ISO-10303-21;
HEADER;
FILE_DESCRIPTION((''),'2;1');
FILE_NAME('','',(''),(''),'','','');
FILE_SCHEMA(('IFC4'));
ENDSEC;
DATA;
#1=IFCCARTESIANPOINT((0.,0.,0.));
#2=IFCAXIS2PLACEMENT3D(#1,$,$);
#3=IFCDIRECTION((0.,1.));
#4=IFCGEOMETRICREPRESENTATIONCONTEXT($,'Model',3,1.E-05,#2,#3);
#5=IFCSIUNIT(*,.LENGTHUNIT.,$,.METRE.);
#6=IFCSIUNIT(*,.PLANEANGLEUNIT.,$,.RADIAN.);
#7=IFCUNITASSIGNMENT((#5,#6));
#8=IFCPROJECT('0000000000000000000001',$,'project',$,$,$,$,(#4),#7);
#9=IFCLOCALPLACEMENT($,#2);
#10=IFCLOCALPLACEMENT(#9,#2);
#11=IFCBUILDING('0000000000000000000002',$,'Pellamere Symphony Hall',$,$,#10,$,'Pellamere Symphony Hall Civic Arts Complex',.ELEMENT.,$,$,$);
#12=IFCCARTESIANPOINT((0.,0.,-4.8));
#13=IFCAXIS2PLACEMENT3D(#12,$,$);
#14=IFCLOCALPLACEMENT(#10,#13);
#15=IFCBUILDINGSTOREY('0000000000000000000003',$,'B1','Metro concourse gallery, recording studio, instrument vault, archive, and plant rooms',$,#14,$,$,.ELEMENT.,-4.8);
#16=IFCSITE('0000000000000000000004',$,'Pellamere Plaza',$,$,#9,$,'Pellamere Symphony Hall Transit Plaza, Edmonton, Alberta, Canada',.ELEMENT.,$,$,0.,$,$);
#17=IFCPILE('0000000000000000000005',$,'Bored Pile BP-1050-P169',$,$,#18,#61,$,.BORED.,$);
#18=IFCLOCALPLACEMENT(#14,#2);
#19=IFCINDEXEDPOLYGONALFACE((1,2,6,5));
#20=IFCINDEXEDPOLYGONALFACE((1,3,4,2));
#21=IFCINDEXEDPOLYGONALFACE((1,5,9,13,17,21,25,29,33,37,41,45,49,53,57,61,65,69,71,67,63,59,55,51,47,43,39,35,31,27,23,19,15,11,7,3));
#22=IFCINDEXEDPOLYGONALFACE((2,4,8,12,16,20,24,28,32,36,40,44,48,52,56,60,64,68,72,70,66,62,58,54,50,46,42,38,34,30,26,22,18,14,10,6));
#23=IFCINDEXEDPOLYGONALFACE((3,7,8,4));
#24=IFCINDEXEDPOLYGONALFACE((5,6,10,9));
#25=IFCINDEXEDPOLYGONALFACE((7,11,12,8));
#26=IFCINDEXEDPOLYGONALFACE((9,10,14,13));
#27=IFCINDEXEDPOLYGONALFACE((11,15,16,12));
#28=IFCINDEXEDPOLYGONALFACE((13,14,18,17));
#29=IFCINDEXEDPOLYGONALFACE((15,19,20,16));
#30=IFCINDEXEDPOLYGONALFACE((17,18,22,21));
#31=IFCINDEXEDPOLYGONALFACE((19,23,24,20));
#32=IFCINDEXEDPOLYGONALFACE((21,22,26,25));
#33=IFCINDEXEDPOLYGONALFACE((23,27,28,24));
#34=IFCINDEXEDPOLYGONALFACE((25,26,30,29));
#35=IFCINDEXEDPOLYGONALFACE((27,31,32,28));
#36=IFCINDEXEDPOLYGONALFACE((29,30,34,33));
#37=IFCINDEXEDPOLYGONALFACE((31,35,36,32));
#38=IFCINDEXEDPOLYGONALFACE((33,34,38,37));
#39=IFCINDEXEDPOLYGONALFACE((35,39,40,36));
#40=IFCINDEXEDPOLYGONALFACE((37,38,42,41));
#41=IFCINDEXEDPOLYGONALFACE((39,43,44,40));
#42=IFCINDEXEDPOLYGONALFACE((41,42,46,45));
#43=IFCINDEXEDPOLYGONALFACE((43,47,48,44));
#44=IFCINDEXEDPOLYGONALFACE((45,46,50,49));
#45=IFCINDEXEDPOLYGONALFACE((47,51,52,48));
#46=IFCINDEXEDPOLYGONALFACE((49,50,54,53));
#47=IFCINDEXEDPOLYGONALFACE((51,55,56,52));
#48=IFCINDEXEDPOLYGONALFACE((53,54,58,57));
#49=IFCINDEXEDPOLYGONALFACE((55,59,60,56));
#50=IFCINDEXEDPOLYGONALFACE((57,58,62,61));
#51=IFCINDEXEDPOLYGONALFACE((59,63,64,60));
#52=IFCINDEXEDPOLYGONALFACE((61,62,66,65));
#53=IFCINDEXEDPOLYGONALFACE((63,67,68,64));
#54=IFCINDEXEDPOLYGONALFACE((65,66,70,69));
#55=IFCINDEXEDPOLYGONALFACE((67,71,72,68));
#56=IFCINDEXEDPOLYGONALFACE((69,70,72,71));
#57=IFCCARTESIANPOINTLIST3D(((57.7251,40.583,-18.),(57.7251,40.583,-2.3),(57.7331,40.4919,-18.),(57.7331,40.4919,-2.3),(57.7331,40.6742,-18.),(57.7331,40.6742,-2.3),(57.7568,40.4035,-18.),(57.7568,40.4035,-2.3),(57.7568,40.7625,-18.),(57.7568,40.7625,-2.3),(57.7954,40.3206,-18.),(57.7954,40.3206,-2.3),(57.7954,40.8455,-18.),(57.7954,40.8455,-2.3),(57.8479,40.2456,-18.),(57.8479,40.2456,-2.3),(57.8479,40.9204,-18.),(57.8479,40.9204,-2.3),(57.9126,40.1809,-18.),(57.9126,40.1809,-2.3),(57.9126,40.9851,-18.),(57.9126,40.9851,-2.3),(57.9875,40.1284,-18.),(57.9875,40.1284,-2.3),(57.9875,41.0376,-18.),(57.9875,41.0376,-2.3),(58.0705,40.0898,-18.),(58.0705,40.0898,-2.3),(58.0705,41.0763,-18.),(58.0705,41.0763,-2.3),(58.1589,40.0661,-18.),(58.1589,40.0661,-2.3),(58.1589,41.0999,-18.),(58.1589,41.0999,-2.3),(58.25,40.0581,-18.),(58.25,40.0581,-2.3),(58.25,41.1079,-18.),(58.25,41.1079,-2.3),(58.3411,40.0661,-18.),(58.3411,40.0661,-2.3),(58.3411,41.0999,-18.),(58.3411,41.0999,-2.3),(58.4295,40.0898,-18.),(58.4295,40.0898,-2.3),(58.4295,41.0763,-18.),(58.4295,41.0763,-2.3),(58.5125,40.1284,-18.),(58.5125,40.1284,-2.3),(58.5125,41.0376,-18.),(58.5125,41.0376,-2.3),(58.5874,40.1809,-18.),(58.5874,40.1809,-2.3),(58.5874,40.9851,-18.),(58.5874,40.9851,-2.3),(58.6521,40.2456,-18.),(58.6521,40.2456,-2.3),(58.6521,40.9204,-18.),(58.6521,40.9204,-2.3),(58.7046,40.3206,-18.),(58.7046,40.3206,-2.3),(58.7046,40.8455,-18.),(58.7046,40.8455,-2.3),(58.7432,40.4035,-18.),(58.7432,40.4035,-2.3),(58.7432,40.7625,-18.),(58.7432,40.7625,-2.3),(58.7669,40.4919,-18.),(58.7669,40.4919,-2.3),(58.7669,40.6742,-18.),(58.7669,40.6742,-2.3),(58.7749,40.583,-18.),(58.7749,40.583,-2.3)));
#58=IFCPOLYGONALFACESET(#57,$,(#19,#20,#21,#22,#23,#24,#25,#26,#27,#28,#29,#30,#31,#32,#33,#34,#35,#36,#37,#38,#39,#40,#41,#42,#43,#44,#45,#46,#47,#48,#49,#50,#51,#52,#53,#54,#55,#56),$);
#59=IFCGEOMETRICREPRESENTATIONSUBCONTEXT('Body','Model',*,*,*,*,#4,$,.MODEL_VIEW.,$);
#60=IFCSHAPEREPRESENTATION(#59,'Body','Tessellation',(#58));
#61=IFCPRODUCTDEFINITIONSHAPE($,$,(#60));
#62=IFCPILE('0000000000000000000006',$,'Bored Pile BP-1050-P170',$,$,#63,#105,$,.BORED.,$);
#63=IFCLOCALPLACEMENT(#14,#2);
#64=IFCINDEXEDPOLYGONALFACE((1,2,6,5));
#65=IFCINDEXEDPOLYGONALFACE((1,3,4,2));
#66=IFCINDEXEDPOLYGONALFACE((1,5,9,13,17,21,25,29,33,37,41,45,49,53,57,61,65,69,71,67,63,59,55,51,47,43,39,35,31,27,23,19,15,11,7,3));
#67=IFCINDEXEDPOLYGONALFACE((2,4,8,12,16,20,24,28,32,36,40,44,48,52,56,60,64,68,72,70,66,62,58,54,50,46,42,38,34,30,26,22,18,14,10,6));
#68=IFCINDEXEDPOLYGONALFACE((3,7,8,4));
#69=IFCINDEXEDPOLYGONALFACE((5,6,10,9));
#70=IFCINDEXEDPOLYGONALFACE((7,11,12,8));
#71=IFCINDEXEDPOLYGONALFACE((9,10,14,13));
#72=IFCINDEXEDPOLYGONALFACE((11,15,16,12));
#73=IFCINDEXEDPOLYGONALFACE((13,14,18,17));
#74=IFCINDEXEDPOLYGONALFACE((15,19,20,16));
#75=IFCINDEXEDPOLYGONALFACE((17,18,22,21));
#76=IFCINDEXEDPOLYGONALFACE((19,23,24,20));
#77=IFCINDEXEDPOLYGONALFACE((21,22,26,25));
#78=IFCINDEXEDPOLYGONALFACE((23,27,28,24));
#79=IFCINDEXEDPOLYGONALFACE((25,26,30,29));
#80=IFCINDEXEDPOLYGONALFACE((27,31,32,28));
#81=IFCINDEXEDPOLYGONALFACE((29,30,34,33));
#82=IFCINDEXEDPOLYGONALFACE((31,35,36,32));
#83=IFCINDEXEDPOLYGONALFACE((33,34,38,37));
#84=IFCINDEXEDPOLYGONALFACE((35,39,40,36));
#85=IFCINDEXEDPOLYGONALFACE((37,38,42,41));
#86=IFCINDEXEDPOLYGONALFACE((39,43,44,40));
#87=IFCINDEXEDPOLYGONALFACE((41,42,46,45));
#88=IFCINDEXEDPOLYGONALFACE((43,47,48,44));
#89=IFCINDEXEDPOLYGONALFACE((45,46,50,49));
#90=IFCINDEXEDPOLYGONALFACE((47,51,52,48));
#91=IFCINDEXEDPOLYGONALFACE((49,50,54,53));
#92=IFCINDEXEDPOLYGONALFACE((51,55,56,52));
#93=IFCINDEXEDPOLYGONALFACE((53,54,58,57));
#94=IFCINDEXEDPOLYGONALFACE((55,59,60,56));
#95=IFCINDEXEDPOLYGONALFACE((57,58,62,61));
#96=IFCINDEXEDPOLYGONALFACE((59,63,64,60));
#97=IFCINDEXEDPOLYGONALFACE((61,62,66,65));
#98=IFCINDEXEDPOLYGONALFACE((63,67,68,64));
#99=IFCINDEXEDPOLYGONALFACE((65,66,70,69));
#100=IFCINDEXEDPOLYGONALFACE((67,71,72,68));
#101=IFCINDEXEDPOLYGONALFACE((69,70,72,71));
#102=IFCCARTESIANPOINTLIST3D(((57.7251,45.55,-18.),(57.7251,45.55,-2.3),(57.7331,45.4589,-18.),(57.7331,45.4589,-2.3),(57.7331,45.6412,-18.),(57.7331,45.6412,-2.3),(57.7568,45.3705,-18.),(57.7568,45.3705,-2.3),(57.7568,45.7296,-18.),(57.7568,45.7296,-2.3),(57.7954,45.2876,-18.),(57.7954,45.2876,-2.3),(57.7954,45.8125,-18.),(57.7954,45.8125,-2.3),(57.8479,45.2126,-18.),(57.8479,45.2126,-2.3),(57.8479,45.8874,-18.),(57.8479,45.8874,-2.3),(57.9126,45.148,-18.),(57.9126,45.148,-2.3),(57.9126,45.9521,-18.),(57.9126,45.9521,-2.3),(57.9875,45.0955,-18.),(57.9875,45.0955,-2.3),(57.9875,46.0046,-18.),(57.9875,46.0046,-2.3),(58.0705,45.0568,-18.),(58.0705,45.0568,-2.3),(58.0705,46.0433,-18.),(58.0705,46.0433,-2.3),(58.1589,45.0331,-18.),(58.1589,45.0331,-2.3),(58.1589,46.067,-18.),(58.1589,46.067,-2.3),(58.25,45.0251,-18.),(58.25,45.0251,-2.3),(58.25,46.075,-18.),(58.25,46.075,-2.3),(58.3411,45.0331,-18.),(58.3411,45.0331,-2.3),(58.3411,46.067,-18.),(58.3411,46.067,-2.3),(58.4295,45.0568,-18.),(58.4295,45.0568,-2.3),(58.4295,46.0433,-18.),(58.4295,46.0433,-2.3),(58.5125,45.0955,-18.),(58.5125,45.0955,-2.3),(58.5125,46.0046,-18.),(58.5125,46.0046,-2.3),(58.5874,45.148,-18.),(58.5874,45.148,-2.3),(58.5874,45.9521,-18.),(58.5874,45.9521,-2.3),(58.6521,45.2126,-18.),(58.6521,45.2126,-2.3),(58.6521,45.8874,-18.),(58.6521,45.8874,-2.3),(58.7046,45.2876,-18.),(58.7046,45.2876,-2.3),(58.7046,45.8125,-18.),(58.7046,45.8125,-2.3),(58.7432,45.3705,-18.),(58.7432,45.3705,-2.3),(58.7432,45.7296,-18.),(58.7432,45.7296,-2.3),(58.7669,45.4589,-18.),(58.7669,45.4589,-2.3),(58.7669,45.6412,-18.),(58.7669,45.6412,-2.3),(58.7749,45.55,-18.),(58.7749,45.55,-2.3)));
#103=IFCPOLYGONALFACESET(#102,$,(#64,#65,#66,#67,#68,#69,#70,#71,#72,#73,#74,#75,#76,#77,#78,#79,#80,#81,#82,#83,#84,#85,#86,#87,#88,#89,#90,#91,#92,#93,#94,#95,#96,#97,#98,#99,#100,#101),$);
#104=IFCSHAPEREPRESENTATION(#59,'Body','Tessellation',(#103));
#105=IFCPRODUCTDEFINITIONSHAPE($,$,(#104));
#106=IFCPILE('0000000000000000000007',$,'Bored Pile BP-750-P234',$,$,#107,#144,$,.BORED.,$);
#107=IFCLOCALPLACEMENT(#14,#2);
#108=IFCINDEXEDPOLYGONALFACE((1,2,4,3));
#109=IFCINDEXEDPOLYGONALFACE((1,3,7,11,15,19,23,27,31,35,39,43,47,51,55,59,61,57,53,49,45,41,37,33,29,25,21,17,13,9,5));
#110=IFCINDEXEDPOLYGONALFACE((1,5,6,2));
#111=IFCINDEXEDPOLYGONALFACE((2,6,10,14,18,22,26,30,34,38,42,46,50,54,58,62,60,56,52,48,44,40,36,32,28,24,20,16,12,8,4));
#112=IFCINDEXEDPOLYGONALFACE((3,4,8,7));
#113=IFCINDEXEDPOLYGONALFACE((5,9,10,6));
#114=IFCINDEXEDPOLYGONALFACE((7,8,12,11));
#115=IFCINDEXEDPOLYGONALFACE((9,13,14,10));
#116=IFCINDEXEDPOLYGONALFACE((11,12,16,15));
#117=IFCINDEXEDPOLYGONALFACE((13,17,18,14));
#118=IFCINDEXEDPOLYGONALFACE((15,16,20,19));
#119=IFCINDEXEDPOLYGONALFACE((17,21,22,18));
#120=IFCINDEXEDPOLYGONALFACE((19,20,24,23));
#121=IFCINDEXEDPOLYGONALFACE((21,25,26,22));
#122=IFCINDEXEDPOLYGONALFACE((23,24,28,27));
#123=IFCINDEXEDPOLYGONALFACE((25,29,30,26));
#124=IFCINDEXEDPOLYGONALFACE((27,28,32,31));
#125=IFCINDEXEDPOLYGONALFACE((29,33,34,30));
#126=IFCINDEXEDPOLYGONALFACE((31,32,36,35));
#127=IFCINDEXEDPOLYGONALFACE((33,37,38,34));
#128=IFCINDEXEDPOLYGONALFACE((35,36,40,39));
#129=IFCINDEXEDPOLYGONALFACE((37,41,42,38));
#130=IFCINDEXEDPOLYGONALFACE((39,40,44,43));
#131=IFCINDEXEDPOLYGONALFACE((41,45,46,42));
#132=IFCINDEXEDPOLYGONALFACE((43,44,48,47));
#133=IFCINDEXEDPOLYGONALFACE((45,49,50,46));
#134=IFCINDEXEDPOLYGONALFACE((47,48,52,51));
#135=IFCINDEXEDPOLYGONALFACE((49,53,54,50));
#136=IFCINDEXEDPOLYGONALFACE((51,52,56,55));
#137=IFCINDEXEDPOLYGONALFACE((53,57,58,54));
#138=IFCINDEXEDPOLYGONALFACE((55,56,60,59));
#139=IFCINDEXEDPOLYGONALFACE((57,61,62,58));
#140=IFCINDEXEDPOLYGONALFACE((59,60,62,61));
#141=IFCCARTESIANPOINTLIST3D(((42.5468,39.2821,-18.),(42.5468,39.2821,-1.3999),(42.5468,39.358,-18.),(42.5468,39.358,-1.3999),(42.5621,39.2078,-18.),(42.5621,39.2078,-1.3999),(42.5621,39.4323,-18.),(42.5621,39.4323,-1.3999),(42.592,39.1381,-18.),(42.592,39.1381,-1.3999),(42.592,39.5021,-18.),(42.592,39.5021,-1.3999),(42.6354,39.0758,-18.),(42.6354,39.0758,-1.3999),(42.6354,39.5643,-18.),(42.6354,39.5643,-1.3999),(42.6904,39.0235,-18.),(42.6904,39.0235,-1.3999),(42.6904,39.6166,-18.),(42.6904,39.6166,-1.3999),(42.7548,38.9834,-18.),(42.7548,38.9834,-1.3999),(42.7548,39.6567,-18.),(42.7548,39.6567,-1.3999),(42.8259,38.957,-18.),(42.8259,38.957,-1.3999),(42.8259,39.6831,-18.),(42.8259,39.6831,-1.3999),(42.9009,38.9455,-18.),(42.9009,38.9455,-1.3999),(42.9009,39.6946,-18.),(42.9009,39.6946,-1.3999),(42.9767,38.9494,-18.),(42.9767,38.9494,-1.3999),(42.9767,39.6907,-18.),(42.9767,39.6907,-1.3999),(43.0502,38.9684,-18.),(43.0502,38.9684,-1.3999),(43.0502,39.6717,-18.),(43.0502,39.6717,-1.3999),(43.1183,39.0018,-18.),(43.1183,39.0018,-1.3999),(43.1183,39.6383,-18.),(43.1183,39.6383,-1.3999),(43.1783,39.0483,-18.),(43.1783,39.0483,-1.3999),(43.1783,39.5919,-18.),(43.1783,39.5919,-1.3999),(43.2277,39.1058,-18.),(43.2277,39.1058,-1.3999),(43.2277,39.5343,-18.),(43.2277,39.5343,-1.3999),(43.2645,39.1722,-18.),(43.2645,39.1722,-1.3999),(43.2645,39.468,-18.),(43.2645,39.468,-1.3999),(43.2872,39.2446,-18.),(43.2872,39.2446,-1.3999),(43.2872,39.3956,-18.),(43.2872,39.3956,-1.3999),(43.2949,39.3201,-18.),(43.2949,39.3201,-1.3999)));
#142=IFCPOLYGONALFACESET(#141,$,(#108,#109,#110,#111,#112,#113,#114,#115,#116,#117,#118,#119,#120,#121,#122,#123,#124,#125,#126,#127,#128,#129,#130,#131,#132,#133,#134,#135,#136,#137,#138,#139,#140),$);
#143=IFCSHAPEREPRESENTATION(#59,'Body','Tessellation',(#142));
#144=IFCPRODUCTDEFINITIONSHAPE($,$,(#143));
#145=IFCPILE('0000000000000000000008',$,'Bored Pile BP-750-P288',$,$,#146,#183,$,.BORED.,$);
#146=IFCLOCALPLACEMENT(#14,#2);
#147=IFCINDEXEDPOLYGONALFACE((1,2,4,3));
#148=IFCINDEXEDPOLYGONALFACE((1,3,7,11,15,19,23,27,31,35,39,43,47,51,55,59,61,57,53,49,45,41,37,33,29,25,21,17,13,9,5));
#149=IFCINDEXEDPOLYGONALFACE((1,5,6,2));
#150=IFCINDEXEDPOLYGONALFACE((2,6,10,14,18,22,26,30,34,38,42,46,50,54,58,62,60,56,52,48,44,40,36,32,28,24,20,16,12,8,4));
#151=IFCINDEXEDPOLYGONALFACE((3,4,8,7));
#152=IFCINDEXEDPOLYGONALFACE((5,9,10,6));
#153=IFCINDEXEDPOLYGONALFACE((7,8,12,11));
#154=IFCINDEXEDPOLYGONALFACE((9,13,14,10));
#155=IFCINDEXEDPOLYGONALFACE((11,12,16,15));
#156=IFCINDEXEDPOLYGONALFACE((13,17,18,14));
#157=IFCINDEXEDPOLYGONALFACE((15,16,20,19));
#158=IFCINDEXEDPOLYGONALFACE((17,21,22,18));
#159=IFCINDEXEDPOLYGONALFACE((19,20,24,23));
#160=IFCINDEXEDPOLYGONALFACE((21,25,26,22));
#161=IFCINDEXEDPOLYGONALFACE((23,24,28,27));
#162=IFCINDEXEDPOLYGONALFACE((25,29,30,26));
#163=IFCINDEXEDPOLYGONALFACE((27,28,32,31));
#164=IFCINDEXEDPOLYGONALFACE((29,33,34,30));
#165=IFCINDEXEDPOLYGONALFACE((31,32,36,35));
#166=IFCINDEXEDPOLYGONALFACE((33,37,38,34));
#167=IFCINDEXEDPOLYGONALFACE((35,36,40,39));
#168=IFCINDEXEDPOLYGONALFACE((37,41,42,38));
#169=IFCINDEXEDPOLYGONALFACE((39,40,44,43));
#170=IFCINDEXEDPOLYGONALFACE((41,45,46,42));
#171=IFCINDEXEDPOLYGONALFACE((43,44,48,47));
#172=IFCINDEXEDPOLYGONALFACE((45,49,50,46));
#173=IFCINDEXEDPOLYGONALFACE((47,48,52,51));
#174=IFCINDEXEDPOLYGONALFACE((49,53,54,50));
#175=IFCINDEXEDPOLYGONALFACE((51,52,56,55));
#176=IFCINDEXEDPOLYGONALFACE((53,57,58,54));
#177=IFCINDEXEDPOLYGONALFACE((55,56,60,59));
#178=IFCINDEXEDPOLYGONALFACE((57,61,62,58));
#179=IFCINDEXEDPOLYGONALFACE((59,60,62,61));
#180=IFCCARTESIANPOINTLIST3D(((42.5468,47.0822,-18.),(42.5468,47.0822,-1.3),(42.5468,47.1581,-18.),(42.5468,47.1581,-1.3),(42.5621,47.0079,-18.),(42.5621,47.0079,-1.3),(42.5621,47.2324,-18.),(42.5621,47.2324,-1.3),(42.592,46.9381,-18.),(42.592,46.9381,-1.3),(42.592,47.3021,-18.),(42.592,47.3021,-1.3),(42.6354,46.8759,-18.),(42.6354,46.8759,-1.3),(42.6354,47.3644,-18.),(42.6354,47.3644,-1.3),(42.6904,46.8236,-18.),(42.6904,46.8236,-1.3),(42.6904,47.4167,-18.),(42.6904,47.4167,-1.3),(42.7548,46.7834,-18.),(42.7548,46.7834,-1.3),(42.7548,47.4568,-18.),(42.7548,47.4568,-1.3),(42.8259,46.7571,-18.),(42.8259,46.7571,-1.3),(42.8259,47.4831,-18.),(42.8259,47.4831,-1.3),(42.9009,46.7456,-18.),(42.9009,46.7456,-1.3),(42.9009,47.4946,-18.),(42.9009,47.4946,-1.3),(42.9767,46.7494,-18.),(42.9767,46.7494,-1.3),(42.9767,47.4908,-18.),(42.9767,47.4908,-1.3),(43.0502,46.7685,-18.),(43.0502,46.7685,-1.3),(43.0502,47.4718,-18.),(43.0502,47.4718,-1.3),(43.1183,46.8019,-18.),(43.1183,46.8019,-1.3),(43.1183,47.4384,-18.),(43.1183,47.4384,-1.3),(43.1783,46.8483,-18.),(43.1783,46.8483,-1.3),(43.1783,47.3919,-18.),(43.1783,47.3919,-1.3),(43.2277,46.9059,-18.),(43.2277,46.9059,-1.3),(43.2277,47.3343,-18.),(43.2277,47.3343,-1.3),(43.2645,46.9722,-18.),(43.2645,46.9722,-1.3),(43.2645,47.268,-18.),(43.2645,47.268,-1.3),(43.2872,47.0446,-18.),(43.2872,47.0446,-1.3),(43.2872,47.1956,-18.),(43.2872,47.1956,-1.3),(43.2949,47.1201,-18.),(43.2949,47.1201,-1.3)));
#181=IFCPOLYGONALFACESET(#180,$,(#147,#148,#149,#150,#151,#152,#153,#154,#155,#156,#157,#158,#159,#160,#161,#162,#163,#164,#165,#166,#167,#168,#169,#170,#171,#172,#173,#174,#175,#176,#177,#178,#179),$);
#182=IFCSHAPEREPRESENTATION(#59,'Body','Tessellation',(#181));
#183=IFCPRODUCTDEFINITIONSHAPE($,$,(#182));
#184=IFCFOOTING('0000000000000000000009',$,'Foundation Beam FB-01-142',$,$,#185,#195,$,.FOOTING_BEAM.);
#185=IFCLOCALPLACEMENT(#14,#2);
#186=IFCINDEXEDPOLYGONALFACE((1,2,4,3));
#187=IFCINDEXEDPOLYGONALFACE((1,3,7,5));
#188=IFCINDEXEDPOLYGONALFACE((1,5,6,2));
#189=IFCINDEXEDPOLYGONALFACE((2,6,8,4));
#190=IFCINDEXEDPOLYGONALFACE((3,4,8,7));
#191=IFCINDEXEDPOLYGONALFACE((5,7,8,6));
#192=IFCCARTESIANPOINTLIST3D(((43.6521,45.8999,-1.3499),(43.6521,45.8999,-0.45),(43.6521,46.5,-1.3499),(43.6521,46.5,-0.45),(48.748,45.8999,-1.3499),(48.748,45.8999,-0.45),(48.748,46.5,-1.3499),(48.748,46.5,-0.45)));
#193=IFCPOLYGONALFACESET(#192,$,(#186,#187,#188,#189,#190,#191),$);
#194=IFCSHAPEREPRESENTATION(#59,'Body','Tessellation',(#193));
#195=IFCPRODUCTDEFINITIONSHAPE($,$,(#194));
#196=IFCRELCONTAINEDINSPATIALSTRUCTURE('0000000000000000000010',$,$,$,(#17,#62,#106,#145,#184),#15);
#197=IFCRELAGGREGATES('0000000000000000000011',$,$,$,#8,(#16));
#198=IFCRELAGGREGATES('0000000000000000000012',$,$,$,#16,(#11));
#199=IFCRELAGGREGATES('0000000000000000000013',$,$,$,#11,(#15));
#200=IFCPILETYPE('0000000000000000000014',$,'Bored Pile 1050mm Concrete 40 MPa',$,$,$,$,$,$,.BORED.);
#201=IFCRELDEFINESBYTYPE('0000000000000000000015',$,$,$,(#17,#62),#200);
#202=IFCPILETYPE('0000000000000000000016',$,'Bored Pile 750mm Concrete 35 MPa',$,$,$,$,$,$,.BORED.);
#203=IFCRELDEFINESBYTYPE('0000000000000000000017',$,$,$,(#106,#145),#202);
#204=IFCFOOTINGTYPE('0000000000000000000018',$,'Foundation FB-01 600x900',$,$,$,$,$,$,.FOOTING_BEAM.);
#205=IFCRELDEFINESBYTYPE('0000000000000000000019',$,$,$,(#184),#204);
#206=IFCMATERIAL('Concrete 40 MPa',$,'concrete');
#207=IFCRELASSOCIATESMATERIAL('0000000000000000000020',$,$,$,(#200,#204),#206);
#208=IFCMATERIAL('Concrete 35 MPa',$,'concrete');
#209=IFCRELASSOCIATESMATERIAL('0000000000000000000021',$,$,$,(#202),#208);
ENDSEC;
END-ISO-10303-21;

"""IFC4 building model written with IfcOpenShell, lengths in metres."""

from ifc_helpers import new_model, si_unit, direction, frame, origin, origin_2d, place, context, subcontext, project, spatial, rectangle, circle, extrude, material, material_profile, profile_set, type_object, element, save


model = new_model("IFC4")

# Units and contexts
model_context = context("Model", 3, precision=1e-05, world=origin(), true_north=direction((0.0, 1.0)))
body_context = subcontext(model_context, "Body", "Model", "MODEL_VIEW")
ifc_project = project(units=[si_unit("LENGTHUNIT", "METRE"), si_unit("PLANEANGLEUNIT", "RADIAN")], contexts=[model_context])

# Site, building, storey
site_placement = place(None, origin())
site = spatial("IfcSite", under=ifc_project, at=site_placement, Name="Pellamere Plaza", LongName="Pellamere Symphony Hall Transit Plaza, Edmonton, Alberta, Canada", CompositionType="ELEMENT", RefElevation=0.0)
building_placement = place(site_placement, origin())
building = spatial("IfcBuilding", under=site, at=building_placement, Name="Pellamere Symphony Hall", LongName="Pellamere Symphony Hall Civic Arts Complex", CompositionType="ELEMENT")
storey_placement = place(building_placement, frame((0.0, 0.0, -4.8)))
storey = spatial("IfcBuildingStorey", under=building, at=storey_placement, Name="B1", Description="Metro concourse gallery, recording studio, instrument vault, archive, and plant rooms", CompositionType="ELEMENT", Elevation=-4.8)

# Piles
ifc_material_1 = material(Name="Concrete 40 MPa", Category="concrete")
ifc_material_profile_1 = material_profile(ifc_material_1, circle(Radius=0.5249, at=origin_2d()), Name="PILE D1050")
ifc_profile_set_1 = profile_set([ifc_material_profile_1], Name="Concrete 40 MPa")
pile_type_1 = type_object("IfcPileType", Name="Bored Pile 1050mm Concrete 40 MPa", PredefinedType="BORED", material=ifc_profile_set_1)
for number, where, z_axis, x_axis, name in (
    (1, (58.25, 40.583, -2.3), (0.0, 0.0, -1.0), (1.0, 0.0, 0.0), "Bored Pile BP-1050-P169"),
    (2, (58.25, 45.55, -2.3), (0.0, 0.0, -1.0), (1.0, 0.0, 0.0), "Bored Pile BP-1050-P170"),
):
    element("IfcPile", number, at=place(storey_placement, frame(where, z_axis=z_axis, x_axis=x_axis)), inside=storey, type_object=pile_type_1, Name=name, PredefinedType="BORED", context=body_context, shape_type="SweptSolid", body=[
        extrude(circle(Radius=0.5249, at=origin_2d()), origin(), (0.0, 0.0, 1.0), 15.7),
    ])
ifc_material_2 = material(Name="Concrete 35 MPa", Category="concrete")
ifc_material_profile_2 = material_profile(ifc_material_2, circle(Radius=0.375, at=origin_2d()), Name="PILE D750")
ifc_profile_set_2 = profile_set([ifc_material_profile_2], Name="Concrete 35 MPa")
pile_type_2 = type_object("IfcPileType", Name="Bored Pile 750mm Concrete 35 MPa", PredefinedType="BORED", material=ifc_profile_set_2)
pile_1_placement = place(storey_placement, frame((42.9199, 39.3201, -1.3999), z_axis=(0.0, 0.0, -1.0), x_axis=(1.0, 0.0, 0.0)))
element("IfcPile", 3, at=pile_1_placement, inside=storey, type_object=pile_type_2, Name="Bored Pile BP-750-P234", PredefinedType="BORED", context=body_context, shape_type="SweptSolid", body=[
    extrude(circle(Radius=0.375, at=origin_2d()), origin(), (0.0, 0.0, 1.0), 16.6001),
])
pile_2_placement = place(storey_placement, frame((42.9199, 47.1201, -1.3), z_axis=(0.0, 0.0, -1.0), x_axis=(1.0, 0.0, 0.0)))
element("IfcPile", 4, at=pile_2_placement, inside=storey, type_object=pile_type_2, Name="Bored Pile BP-750-P288", PredefinedType="BORED", context=body_context, shape_type="SweptSolid", body=[
    extrude(circle(Radius=0.375, at=origin_2d()), origin(), (0.0, 0.0, 1.0), 16.7),
])

# Footing
ifc_material_profile_3 = material_profile(ifc_material_1, rectangle(XDim=0.6001, YDim=0.8999, at=origin_2d()), Name="RC 600x900")
ifc_profile_set_3 = profile_set([ifc_material_profile_3], Name="Concrete 40 MPa")
footing_type_1 = type_object("IfcFootingType", Name="Foundation FB-01 600x900", PredefinedType="FOOTING_BEAM", material=ifc_profile_set_3)
footing_1_placement = place(storey_placement, frame((43.6521, 46.2, -0.8999), z_axis=(1.0, 0.0, 0.0), x_axis=(0.0, 1.0, 0.0)))
element("IfcFooting", 5, at=footing_1_placement, inside=storey, type_object=footing_type_1, Name="Foundation Beam FB-01-142", PredefinedType="FOOTING_BEAM", context=body_context, shape_type="SweptSolid", body=[
    extrude(rectangle(XDim=0.6001, YDim=0.8999, at=origin_2d()), origin(), (0.0, 0.0, 1.0), 5.0959),
])

save(model, "model.ifc")
